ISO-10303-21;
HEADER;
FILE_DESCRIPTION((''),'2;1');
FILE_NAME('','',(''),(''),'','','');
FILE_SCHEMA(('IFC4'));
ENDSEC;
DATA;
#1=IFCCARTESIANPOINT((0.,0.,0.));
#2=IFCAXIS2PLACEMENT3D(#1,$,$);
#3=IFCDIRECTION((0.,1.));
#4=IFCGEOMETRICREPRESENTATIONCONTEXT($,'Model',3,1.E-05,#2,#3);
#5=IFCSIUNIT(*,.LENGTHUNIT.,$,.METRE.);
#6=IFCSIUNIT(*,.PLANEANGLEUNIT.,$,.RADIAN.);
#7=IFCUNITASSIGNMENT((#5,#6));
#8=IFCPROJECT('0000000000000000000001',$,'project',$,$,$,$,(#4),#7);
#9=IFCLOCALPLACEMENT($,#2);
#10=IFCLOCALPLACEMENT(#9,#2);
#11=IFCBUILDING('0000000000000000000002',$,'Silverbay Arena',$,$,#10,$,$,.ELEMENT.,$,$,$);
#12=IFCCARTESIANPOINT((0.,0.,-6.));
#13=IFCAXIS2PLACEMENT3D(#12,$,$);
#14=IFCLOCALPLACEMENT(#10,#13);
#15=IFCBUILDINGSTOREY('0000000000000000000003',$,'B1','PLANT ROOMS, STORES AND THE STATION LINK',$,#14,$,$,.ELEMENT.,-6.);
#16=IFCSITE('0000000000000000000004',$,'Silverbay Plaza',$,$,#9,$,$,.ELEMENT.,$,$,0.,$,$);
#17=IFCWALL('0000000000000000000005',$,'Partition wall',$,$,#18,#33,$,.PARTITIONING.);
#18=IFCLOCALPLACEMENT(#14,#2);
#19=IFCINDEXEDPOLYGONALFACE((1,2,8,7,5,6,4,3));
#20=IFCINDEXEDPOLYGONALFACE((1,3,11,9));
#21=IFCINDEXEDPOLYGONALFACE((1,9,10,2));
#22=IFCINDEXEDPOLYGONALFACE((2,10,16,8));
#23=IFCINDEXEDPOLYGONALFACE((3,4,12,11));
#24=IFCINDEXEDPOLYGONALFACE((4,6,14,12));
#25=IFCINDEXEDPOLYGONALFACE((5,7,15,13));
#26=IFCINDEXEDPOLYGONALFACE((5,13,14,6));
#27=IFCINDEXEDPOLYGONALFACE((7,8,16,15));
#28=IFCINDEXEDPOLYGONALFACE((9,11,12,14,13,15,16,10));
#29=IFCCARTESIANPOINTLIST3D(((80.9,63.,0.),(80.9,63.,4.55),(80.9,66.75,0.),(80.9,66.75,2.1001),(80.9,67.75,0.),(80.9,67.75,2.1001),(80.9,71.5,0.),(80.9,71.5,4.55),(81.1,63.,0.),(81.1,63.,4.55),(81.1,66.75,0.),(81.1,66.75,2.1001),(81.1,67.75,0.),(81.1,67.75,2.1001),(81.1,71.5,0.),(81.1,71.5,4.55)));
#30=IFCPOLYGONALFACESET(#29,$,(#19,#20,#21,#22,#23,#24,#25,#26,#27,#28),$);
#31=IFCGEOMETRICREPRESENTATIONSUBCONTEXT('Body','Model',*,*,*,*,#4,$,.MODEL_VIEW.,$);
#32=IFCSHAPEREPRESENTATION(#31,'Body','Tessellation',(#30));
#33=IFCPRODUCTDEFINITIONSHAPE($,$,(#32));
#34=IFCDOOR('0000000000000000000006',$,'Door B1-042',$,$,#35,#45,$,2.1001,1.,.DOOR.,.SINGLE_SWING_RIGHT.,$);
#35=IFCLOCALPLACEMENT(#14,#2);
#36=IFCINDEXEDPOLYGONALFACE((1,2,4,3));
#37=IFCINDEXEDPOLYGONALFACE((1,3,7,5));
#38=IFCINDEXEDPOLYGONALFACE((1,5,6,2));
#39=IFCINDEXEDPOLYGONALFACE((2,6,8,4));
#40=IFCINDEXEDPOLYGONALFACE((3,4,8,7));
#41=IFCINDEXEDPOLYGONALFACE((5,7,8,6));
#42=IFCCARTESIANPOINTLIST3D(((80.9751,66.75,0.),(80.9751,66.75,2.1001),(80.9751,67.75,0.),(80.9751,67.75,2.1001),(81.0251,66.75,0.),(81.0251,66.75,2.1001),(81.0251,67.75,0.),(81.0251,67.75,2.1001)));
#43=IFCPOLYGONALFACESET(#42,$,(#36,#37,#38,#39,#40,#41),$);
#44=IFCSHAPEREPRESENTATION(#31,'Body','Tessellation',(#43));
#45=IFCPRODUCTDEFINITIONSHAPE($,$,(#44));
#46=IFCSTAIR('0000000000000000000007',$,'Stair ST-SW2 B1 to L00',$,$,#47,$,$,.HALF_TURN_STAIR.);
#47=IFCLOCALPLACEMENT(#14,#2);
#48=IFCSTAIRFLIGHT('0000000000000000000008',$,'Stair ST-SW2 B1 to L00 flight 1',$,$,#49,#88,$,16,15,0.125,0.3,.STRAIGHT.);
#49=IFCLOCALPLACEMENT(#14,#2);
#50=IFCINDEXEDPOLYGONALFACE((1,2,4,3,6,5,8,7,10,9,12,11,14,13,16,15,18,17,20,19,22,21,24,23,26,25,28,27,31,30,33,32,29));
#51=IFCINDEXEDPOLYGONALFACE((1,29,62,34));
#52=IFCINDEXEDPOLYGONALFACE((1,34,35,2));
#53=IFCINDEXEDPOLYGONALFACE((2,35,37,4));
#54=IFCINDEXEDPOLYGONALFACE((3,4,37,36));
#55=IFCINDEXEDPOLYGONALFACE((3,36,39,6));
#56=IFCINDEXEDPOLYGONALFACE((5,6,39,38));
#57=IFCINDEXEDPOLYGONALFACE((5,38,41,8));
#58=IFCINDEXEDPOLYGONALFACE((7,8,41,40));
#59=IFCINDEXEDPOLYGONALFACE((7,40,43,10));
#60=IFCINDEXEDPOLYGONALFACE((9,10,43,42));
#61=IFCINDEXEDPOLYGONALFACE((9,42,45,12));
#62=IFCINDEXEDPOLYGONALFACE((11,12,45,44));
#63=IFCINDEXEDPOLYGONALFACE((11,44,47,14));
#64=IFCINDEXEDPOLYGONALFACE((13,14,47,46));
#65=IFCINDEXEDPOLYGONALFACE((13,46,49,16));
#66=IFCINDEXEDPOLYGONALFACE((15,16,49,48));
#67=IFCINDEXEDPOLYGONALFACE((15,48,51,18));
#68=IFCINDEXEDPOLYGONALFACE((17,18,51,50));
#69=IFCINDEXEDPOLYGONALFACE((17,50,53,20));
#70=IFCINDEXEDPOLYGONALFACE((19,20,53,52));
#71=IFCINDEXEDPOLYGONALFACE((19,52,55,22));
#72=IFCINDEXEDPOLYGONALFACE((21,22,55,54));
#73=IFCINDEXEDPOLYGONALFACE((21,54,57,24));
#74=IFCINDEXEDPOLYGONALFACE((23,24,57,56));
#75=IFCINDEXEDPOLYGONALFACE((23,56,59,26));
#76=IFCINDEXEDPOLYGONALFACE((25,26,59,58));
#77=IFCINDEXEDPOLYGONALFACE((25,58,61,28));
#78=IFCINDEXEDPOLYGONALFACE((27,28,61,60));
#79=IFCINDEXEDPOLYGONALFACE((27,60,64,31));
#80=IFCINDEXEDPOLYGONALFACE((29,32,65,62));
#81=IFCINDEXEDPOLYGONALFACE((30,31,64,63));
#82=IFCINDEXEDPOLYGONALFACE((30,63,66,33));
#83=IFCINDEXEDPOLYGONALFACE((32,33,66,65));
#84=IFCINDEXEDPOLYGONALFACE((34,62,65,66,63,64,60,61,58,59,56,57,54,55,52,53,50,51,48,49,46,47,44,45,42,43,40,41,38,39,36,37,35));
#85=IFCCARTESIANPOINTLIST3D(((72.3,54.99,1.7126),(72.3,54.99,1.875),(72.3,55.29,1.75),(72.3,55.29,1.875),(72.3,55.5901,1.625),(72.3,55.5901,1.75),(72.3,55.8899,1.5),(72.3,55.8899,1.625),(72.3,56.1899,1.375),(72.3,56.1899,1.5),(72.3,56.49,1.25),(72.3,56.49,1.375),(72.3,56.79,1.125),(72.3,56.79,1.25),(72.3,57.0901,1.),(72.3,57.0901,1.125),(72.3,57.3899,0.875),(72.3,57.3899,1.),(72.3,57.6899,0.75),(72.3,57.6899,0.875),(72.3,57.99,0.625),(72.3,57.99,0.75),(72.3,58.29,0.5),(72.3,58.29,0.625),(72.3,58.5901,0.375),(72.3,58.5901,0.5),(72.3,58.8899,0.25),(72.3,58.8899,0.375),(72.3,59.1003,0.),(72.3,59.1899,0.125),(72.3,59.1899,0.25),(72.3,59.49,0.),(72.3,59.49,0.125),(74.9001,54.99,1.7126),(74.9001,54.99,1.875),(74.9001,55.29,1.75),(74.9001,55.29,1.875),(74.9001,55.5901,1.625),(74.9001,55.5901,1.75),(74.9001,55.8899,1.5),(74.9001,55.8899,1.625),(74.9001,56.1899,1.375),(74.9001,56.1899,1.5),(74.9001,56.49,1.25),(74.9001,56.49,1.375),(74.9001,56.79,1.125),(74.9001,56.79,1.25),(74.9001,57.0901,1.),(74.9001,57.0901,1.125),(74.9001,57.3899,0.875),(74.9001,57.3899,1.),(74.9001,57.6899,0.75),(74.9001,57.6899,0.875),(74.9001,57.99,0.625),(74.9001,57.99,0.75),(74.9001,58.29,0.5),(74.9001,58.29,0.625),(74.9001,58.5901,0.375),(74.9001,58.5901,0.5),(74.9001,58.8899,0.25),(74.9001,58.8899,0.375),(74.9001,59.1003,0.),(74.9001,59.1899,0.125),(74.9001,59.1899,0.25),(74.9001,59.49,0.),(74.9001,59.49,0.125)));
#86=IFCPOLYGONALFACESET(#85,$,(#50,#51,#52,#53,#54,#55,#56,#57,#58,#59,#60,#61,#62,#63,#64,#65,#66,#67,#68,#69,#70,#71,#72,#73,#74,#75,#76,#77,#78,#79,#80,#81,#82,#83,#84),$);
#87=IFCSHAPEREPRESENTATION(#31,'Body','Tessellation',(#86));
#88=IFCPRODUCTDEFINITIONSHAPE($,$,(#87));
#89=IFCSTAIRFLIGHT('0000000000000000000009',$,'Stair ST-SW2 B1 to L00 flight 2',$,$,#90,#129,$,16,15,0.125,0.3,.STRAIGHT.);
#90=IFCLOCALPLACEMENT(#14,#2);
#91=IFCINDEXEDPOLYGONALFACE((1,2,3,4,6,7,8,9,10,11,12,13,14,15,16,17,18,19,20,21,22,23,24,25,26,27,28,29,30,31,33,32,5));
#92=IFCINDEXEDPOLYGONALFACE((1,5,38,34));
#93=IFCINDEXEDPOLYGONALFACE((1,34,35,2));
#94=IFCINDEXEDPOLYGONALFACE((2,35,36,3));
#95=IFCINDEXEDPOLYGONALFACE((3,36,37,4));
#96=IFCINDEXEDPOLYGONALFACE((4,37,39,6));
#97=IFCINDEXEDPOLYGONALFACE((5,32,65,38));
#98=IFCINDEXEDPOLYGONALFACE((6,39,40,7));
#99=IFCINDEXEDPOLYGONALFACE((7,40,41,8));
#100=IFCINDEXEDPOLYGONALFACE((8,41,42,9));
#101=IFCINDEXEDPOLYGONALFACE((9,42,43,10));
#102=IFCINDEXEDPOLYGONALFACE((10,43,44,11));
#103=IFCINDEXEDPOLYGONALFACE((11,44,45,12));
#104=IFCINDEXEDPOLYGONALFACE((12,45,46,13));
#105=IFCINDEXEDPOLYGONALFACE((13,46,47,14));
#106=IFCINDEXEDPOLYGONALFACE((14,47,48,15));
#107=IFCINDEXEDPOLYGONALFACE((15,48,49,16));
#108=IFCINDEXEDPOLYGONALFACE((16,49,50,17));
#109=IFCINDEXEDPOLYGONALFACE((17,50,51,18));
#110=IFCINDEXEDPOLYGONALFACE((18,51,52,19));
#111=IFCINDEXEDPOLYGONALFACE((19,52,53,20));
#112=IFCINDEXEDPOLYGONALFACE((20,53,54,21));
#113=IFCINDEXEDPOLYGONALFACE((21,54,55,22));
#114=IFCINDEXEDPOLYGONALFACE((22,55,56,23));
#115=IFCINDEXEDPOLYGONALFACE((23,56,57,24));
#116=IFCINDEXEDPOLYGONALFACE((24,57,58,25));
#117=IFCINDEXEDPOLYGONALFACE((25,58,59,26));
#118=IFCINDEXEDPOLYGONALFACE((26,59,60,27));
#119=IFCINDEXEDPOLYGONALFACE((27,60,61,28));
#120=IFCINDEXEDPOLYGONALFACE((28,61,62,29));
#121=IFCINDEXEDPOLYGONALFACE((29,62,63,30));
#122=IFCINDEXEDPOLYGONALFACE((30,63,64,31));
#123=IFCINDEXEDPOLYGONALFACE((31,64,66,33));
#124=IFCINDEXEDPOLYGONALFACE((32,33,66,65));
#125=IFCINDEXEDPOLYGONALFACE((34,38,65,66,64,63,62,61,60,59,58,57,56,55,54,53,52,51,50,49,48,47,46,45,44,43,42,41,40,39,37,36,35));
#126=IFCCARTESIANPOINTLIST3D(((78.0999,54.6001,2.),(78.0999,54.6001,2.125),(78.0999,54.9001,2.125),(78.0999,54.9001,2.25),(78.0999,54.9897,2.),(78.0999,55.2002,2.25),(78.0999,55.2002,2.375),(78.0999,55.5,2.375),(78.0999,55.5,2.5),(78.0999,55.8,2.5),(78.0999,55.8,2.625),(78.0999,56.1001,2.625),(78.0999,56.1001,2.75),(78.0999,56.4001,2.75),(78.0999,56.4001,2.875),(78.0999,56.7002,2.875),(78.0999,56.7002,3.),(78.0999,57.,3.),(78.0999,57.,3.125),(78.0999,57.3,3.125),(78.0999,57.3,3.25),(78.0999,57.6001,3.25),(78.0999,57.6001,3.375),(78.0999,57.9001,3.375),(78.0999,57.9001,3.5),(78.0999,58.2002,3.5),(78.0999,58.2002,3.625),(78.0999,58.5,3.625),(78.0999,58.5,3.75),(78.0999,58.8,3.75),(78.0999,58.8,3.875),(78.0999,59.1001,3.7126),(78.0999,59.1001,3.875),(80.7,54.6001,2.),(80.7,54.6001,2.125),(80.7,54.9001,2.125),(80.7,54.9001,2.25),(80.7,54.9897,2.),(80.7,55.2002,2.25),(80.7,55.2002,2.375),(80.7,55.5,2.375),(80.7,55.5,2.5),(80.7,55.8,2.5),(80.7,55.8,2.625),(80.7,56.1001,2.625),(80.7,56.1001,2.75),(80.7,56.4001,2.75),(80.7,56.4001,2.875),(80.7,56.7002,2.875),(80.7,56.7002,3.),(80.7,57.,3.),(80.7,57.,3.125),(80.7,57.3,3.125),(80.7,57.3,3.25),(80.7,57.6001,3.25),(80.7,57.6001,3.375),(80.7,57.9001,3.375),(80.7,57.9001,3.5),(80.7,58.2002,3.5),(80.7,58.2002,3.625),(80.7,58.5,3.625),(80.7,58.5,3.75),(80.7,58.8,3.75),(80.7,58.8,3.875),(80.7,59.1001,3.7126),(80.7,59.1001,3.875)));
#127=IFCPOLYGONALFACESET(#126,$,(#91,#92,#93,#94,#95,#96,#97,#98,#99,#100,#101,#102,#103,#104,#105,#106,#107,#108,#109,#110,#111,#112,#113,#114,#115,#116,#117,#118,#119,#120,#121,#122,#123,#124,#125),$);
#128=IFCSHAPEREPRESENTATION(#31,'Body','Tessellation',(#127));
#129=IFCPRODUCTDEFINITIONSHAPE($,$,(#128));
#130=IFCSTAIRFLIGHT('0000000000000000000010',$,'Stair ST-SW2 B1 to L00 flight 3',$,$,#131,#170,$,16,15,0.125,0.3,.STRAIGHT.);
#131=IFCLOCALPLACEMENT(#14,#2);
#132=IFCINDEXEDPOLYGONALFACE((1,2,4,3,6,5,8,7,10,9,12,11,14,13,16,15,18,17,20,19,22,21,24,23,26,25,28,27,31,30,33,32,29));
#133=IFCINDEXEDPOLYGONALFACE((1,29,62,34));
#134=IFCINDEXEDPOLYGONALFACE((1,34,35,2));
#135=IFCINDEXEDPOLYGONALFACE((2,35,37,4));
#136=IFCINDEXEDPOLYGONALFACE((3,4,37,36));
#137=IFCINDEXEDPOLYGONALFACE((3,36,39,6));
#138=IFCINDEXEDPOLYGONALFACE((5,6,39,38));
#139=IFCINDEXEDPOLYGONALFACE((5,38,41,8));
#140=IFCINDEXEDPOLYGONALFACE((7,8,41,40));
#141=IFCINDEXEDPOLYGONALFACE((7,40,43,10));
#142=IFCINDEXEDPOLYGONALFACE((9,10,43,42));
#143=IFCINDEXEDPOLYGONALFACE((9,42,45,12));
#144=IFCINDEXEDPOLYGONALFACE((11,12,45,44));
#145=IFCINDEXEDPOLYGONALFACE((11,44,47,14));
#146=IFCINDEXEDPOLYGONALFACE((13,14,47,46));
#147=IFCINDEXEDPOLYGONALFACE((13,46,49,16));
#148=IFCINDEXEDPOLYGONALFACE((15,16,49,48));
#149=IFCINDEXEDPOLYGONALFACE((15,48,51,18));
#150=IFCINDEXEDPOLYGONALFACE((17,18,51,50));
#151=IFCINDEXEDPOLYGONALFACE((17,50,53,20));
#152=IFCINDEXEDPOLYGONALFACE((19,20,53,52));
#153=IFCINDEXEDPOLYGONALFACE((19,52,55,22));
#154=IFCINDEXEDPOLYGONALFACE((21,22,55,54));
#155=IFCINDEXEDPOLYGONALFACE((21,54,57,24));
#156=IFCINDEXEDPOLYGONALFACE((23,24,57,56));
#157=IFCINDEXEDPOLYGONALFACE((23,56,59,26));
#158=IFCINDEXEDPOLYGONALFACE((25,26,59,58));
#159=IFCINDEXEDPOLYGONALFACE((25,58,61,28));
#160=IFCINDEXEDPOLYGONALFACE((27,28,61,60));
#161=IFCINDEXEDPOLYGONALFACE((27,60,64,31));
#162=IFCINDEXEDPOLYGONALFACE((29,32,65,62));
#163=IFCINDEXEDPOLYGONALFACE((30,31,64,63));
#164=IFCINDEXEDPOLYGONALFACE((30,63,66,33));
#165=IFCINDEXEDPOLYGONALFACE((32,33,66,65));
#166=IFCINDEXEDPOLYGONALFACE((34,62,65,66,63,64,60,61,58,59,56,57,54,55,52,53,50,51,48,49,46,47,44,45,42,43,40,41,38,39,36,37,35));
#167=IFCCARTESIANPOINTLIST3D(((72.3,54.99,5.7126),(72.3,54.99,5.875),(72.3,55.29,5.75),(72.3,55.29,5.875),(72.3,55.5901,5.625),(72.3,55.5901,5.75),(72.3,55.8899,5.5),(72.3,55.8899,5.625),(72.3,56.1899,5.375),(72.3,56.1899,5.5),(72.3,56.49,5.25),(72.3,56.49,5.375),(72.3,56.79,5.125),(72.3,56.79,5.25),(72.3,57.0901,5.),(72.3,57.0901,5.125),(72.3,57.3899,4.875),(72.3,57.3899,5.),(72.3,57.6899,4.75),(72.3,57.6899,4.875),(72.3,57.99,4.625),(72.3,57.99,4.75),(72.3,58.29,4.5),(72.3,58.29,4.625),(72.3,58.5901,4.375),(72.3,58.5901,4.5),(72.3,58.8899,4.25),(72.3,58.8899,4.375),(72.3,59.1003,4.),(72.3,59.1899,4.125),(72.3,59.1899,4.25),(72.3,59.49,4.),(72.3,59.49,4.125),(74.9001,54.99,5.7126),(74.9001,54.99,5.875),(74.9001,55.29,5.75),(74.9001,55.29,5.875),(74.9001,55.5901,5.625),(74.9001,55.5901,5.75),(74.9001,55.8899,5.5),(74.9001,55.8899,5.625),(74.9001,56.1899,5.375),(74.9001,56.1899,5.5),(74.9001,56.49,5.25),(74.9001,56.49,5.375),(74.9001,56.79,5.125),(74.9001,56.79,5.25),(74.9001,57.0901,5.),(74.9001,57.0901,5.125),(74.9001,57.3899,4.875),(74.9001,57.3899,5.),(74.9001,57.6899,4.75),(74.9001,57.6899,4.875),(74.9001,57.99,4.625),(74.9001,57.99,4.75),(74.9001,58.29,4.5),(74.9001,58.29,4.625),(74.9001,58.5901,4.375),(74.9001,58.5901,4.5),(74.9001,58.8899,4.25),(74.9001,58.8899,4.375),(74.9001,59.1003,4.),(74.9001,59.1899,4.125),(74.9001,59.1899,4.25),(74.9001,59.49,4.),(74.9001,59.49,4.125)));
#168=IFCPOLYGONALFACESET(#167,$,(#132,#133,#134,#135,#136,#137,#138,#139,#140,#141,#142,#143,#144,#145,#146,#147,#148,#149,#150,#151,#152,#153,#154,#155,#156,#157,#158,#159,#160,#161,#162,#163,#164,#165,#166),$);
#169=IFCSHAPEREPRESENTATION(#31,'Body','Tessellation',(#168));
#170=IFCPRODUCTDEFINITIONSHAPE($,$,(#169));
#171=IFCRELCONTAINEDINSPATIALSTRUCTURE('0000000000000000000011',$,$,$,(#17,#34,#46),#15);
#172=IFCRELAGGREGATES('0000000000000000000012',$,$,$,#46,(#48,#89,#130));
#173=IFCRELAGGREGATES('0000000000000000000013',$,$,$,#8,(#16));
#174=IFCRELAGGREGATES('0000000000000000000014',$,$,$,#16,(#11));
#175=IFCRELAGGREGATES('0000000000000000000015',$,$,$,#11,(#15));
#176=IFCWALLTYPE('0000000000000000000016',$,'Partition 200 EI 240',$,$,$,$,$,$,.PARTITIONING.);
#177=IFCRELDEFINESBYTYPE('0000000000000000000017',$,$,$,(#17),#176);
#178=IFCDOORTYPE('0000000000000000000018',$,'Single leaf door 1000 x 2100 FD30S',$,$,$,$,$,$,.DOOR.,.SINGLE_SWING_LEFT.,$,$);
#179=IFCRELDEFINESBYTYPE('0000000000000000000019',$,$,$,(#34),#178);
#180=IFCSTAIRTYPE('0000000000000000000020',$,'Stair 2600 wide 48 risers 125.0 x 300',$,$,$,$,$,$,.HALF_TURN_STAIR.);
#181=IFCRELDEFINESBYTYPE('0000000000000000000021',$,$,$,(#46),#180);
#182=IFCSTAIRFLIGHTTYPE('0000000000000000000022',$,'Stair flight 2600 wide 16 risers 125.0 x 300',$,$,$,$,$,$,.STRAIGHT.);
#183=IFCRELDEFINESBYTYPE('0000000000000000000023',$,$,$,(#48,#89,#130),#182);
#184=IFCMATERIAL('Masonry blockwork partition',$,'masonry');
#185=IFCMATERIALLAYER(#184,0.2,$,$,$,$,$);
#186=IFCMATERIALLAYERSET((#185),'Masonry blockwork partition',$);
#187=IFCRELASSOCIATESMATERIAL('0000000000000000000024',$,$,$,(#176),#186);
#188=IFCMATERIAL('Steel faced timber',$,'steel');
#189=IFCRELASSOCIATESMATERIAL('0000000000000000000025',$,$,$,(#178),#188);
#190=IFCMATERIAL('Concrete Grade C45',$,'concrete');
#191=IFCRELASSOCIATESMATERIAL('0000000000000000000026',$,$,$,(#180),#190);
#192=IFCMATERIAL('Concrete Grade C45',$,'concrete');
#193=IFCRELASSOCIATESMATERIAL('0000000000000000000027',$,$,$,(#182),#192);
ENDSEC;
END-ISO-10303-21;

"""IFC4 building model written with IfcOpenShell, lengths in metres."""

from ifc_helpers import new_model, si_unit, direction, frame, frame_2d, origin, place, context, subcontext, project, spatial, polyline, rectangle, outline, extrude, material, layer, layer_set, type_object, element, fill, aggregate, save


model = new_model("IFC4")

# Units and contexts
model_context = context("Model", 3, precision=1e-05, world=origin(), true_north=direction((0.0, 1.0)))
body_context = subcontext(model_context, "Body", "Model", "MODEL_VIEW")
ifc_project = project(units=[si_unit("LENGTHUNIT", "METRE"), si_unit("PLANEANGLEUNIT", "RADIAN")], contexts=[model_context])

# Site, building, storey
site_placement = place(None, origin())
site = spatial("IfcSite", under=ifc_project, at=site_placement, Name="Silverbay Plaza", CompositionType="ELEMENT", RefElevation=0.0)
building_placement = place(site_placement, origin())
building = spatial("IfcBuilding", under=site, at=building_placement, Name="Silverbay Arena", CompositionType="ELEMENT")
storey_placement = place(building_placement, frame((0.0, 0.0, -6.0)))
storey = spatial("IfcBuildingStorey", under=building, at=storey_placement, Name="B1", Description="PLANT ROOMS, STORES AND THE STATION LINK", CompositionType="ELEMENT", Elevation=-6.0)

# Wall, opening, door
ifc_material_1 = material(Name="Masonry blockwork partition", Category="masonry")
ifc_layer_1 = layer(ifc_material_1, 0.2)
ifc_layer_set_1 = layer_set([ifc_layer_1], Name="Masonry blockwork partition")
wall_type_1 = type_object("IfcWallType", Name="Partition 200 EI 240", PredefinedType="PARTITIONING", material=ifc_layer_set_1)
wall_1_placement = place(storey_placement, frame((81.0, 63.0, 0.0), z_axis=(0.0, 0.0, 1.0), x_axis=(0.0, 1.0, 0.0)))
wall_1 = element("IfcWall", 1, at=wall_1_placement, inside=storey, type_object=wall_type_1, Name="Partition wall", PredefinedType="PARTITIONING", context=body_context, shape_type="SweptSolid", body=[
    extrude(rectangle(XDim=8.5, YDim=0.2, at=frame_2d((4.25, 0.0))), origin(), (0.0, 0.0, 1.0), 4.55),
])
opening_1_placement = place(wall_1_placement, frame((3.75, 0.0, 0.0)))
opening_1 = element("IfcOpeningElement", 2, at=opening_1_placement, cuts=wall_1, PredefinedType="OPENING", context=body_context, shape_type="SweptSolid", body=[
    extrude(rectangle(XDim=1.0, YDim=2.1001, at=frame_2d((0.5, 1.05))), frame((0.0, 0.1099, 0.0), z_axis=(0.0, -1.0, 0.0), x_axis=(1.0, 0.0, 0.0)), (0.0, 0.0, 1.0), 0.22),
])
ifc_material_2 = material(Name="Steel faced timber", Category="steel")
door_type_1 = type_object("IfcDoorType", Name="Single leaf door 1000 x 2100 FD30S", OperationType="SINGLE_SWING_LEFT", PredefinedType="DOOR", material=ifc_material_2)
door_1_placement = place(opening_1_placement, origin())
door_1 = element("IfcDoor", 3, at=door_1_placement, inside=storey, type_object=door_type_1, Name="Door B1-042", OperationType="SINGLE_SWING_RIGHT", OverallHeight=2.1001, OverallWidth=1.0, PredefinedType="DOOR", context=body_context, shape_type="SweptSolid", body=[
    extrude(rectangle(XDim=1.0, YDim=2.1001, at=frame_2d((0.5, 1.05))), frame((0.0, 0.0249, 0.0), z_axis=(0.0, -1.0, 0.0), x_axis=(1.0, 0.0, 0.0)), (0.0, 0.0, 1.0), 0.05),
])
fill(opening_1, door_1)

# Stair, stair flights
ifc_material_3 = material(Name="Concrete Grade C45", Category="concrete")
stair_type = type_object("IfcStairType", Name="Stair 2600 wide 48 risers 125.0 x 300", PredefinedType="HALF_TURN_STAIR", material=ifc_material_3)
stair_placement = place(storey_placement, origin())
stair = element("IfcStair", 4, at=stair_placement, inside=storey, type_object=stair_type, Name="Stair ST-SW2 B1 to L00", PredefinedType="HALF_TURN_STAIR")
ifc_material_4 = material(Name="Concrete Grade C45", Category="concrete")
stair_flight_type = type_object("IfcStairFlightType", Name="Stair flight 2600 wide 16 risers 125.0 x 300", PredefinedType="STRAIGHT", material=ifc_material_4)
stair_flight_1_placement = place(storey_placement, frame((73.6001, 59.49, 0.0), z_axis=(0.0, 0.0, 1.0), x_axis=(0.0, -1.0, 0.0)))
stair_flight_1 = element("IfcStairFlight", 5, at=stair_flight_1_placement, type_object=stair_flight_type, Name="Stair ST-SW2 B1 to L00 flight 1", NumberOfRisers=16, NumberOfTreads=15, PredefinedType="STRAIGHT", RiserHeight=0.125, TreadLength=0.3, context=body_context, shape_type="SweptSolid", body=[
    extrude(outline(polyline([(0.0, 0.0), (0.0, 0.125), (0.3, 0.125), (0.3, 0.25), (0.6001, 0.25), (0.6001, 0.375), (0.8999, 0.375), (0.8999, 0.5), (1.2, 0.5), (1.2, 0.625), (1.5, 0.625), (1.5, 0.75), (1.8, 0.75), (1.8, 0.875), (2.1001, 0.875), (2.1001, 1.0), (2.3999, 1.0), (2.3999, 1.125), (2.7, 1.125), (2.7, 1.25), (3.0, 1.25), (3.0, 1.375), (3.3, 1.375), (3.3, 1.5), (3.6001, 1.5), (3.6001, 1.625), (3.8999, 1.625), (3.8999, 1.75), (4.2, 1.75), (4.2, 1.875), (4.5, 1.875), (4.5, 1.7126), (0.3896, 0.0), (0.0, 0.0)])), frame((0.0, 1.3, 0.0), z_axis=(0.0, -1.0, 0.0), x_axis=(1.0, 0.0, 0.0)), (0.0, 0.0, 1.0), 2.6001),
])
stair_flight_2_placement = place(storey_placement, frame((79.3999, 54.6001, 2.0), z_axis=(0.0, 0.0, 1.0), x_axis=(0.0, 1.0, 0.0)))
stair_flight_2 = element("IfcStairFlight", 6, at=stair_flight_2_placement, type_object=stair_flight_type, Name="Stair ST-SW2 B1 to L00 flight 2", NumberOfRisers=16, NumberOfTreads=15, PredefinedType="STRAIGHT", RiserHeight=0.125, TreadLength=0.3, context=body_context, shape_type="SweptSolid", body=[
    extrude(outline(polyline([(0.0, 0.0), (0.0, 0.125), (0.3, 0.125), (0.3, 0.25), (0.6001, 0.25), (0.6001, 0.375), (0.8999, 0.375), (0.8999, 0.5), (1.2, 0.5), (1.2, 0.625), (1.5, 0.625), (1.5, 0.75), (1.8, 0.75), (1.8, 0.875), (2.1001, 0.875), (2.1001, 1.0), (2.3999, 1.0), (2.3999, 1.125), (2.7, 1.125), (2.7, 1.25), (3.0, 1.25), (3.0, 1.375), (3.3, 1.375), (3.3, 1.5), (3.6001, 1.5), (3.6001, 1.625), (3.8999, 1.625), (3.8999, 1.75), (4.2, 1.75), (4.2, 1.875), (4.5, 1.875), (4.5, 1.7126), (0.3896, 0.0), (0.0, 0.0)])), frame((0.0, 1.3, 0.0), z_axis=(0.0, -1.0, 0.0), x_axis=(1.0, 0.0, 0.0)), (0.0, 0.0, 1.0), 2.6001),
])
stair_flight_3_placement = place(storey_placement, frame((73.6001, 59.49, 4.0), z_axis=(0.0, 0.0, 1.0), x_axis=(0.0, -1.0, 0.0)))
stair_flight_3 = element("IfcStairFlight", 7, at=stair_flight_3_placement, type_object=stair_flight_type, Name="Stair ST-SW2 B1 to L00 flight 3", NumberOfRisers=16, NumberOfTreads=15, PredefinedType="STRAIGHT", RiserHeight=0.125, TreadLength=0.3, context=body_context, shape_type="SweptSolid", body=[
    extrude(outline(polyline([(0.0, 0.0), (0.0, 0.125), (0.3, 0.125), (0.3, 0.25), (0.6001, 0.25), (0.6001, 0.375), (0.8999, 0.375), (0.8999, 0.5), (1.2, 0.5), (1.2, 0.625), (1.5, 0.625), (1.5, 0.75), (1.8, 0.75), (1.8, 0.875), (2.1001, 0.875), (2.1001, 1.0), (2.3999, 1.0), (2.3999, 1.125), (2.7, 1.125), (2.7, 1.25), (3.0, 1.25), (3.0, 1.375), (3.3, 1.375), (3.3, 1.5), (3.6001, 1.5), (3.6001, 1.625), (3.8999, 1.625), (3.8999, 1.75), (4.2, 1.75), (4.2, 1.875), (4.5, 1.875), (4.5, 1.7126), (0.3896, 0.0), (0.0, 0.0)])), frame((0.0, 1.3, 0.0), z_axis=(0.0, -1.0, 0.0), x_axis=(1.0, 0.0, 0.0)), (0.0, 0.0, 1.0), 2.6001),
])
aggregate(stair, [stair_flight_1, stair_flight_2, stair_flight_3])

save(model, "model.ifc")
